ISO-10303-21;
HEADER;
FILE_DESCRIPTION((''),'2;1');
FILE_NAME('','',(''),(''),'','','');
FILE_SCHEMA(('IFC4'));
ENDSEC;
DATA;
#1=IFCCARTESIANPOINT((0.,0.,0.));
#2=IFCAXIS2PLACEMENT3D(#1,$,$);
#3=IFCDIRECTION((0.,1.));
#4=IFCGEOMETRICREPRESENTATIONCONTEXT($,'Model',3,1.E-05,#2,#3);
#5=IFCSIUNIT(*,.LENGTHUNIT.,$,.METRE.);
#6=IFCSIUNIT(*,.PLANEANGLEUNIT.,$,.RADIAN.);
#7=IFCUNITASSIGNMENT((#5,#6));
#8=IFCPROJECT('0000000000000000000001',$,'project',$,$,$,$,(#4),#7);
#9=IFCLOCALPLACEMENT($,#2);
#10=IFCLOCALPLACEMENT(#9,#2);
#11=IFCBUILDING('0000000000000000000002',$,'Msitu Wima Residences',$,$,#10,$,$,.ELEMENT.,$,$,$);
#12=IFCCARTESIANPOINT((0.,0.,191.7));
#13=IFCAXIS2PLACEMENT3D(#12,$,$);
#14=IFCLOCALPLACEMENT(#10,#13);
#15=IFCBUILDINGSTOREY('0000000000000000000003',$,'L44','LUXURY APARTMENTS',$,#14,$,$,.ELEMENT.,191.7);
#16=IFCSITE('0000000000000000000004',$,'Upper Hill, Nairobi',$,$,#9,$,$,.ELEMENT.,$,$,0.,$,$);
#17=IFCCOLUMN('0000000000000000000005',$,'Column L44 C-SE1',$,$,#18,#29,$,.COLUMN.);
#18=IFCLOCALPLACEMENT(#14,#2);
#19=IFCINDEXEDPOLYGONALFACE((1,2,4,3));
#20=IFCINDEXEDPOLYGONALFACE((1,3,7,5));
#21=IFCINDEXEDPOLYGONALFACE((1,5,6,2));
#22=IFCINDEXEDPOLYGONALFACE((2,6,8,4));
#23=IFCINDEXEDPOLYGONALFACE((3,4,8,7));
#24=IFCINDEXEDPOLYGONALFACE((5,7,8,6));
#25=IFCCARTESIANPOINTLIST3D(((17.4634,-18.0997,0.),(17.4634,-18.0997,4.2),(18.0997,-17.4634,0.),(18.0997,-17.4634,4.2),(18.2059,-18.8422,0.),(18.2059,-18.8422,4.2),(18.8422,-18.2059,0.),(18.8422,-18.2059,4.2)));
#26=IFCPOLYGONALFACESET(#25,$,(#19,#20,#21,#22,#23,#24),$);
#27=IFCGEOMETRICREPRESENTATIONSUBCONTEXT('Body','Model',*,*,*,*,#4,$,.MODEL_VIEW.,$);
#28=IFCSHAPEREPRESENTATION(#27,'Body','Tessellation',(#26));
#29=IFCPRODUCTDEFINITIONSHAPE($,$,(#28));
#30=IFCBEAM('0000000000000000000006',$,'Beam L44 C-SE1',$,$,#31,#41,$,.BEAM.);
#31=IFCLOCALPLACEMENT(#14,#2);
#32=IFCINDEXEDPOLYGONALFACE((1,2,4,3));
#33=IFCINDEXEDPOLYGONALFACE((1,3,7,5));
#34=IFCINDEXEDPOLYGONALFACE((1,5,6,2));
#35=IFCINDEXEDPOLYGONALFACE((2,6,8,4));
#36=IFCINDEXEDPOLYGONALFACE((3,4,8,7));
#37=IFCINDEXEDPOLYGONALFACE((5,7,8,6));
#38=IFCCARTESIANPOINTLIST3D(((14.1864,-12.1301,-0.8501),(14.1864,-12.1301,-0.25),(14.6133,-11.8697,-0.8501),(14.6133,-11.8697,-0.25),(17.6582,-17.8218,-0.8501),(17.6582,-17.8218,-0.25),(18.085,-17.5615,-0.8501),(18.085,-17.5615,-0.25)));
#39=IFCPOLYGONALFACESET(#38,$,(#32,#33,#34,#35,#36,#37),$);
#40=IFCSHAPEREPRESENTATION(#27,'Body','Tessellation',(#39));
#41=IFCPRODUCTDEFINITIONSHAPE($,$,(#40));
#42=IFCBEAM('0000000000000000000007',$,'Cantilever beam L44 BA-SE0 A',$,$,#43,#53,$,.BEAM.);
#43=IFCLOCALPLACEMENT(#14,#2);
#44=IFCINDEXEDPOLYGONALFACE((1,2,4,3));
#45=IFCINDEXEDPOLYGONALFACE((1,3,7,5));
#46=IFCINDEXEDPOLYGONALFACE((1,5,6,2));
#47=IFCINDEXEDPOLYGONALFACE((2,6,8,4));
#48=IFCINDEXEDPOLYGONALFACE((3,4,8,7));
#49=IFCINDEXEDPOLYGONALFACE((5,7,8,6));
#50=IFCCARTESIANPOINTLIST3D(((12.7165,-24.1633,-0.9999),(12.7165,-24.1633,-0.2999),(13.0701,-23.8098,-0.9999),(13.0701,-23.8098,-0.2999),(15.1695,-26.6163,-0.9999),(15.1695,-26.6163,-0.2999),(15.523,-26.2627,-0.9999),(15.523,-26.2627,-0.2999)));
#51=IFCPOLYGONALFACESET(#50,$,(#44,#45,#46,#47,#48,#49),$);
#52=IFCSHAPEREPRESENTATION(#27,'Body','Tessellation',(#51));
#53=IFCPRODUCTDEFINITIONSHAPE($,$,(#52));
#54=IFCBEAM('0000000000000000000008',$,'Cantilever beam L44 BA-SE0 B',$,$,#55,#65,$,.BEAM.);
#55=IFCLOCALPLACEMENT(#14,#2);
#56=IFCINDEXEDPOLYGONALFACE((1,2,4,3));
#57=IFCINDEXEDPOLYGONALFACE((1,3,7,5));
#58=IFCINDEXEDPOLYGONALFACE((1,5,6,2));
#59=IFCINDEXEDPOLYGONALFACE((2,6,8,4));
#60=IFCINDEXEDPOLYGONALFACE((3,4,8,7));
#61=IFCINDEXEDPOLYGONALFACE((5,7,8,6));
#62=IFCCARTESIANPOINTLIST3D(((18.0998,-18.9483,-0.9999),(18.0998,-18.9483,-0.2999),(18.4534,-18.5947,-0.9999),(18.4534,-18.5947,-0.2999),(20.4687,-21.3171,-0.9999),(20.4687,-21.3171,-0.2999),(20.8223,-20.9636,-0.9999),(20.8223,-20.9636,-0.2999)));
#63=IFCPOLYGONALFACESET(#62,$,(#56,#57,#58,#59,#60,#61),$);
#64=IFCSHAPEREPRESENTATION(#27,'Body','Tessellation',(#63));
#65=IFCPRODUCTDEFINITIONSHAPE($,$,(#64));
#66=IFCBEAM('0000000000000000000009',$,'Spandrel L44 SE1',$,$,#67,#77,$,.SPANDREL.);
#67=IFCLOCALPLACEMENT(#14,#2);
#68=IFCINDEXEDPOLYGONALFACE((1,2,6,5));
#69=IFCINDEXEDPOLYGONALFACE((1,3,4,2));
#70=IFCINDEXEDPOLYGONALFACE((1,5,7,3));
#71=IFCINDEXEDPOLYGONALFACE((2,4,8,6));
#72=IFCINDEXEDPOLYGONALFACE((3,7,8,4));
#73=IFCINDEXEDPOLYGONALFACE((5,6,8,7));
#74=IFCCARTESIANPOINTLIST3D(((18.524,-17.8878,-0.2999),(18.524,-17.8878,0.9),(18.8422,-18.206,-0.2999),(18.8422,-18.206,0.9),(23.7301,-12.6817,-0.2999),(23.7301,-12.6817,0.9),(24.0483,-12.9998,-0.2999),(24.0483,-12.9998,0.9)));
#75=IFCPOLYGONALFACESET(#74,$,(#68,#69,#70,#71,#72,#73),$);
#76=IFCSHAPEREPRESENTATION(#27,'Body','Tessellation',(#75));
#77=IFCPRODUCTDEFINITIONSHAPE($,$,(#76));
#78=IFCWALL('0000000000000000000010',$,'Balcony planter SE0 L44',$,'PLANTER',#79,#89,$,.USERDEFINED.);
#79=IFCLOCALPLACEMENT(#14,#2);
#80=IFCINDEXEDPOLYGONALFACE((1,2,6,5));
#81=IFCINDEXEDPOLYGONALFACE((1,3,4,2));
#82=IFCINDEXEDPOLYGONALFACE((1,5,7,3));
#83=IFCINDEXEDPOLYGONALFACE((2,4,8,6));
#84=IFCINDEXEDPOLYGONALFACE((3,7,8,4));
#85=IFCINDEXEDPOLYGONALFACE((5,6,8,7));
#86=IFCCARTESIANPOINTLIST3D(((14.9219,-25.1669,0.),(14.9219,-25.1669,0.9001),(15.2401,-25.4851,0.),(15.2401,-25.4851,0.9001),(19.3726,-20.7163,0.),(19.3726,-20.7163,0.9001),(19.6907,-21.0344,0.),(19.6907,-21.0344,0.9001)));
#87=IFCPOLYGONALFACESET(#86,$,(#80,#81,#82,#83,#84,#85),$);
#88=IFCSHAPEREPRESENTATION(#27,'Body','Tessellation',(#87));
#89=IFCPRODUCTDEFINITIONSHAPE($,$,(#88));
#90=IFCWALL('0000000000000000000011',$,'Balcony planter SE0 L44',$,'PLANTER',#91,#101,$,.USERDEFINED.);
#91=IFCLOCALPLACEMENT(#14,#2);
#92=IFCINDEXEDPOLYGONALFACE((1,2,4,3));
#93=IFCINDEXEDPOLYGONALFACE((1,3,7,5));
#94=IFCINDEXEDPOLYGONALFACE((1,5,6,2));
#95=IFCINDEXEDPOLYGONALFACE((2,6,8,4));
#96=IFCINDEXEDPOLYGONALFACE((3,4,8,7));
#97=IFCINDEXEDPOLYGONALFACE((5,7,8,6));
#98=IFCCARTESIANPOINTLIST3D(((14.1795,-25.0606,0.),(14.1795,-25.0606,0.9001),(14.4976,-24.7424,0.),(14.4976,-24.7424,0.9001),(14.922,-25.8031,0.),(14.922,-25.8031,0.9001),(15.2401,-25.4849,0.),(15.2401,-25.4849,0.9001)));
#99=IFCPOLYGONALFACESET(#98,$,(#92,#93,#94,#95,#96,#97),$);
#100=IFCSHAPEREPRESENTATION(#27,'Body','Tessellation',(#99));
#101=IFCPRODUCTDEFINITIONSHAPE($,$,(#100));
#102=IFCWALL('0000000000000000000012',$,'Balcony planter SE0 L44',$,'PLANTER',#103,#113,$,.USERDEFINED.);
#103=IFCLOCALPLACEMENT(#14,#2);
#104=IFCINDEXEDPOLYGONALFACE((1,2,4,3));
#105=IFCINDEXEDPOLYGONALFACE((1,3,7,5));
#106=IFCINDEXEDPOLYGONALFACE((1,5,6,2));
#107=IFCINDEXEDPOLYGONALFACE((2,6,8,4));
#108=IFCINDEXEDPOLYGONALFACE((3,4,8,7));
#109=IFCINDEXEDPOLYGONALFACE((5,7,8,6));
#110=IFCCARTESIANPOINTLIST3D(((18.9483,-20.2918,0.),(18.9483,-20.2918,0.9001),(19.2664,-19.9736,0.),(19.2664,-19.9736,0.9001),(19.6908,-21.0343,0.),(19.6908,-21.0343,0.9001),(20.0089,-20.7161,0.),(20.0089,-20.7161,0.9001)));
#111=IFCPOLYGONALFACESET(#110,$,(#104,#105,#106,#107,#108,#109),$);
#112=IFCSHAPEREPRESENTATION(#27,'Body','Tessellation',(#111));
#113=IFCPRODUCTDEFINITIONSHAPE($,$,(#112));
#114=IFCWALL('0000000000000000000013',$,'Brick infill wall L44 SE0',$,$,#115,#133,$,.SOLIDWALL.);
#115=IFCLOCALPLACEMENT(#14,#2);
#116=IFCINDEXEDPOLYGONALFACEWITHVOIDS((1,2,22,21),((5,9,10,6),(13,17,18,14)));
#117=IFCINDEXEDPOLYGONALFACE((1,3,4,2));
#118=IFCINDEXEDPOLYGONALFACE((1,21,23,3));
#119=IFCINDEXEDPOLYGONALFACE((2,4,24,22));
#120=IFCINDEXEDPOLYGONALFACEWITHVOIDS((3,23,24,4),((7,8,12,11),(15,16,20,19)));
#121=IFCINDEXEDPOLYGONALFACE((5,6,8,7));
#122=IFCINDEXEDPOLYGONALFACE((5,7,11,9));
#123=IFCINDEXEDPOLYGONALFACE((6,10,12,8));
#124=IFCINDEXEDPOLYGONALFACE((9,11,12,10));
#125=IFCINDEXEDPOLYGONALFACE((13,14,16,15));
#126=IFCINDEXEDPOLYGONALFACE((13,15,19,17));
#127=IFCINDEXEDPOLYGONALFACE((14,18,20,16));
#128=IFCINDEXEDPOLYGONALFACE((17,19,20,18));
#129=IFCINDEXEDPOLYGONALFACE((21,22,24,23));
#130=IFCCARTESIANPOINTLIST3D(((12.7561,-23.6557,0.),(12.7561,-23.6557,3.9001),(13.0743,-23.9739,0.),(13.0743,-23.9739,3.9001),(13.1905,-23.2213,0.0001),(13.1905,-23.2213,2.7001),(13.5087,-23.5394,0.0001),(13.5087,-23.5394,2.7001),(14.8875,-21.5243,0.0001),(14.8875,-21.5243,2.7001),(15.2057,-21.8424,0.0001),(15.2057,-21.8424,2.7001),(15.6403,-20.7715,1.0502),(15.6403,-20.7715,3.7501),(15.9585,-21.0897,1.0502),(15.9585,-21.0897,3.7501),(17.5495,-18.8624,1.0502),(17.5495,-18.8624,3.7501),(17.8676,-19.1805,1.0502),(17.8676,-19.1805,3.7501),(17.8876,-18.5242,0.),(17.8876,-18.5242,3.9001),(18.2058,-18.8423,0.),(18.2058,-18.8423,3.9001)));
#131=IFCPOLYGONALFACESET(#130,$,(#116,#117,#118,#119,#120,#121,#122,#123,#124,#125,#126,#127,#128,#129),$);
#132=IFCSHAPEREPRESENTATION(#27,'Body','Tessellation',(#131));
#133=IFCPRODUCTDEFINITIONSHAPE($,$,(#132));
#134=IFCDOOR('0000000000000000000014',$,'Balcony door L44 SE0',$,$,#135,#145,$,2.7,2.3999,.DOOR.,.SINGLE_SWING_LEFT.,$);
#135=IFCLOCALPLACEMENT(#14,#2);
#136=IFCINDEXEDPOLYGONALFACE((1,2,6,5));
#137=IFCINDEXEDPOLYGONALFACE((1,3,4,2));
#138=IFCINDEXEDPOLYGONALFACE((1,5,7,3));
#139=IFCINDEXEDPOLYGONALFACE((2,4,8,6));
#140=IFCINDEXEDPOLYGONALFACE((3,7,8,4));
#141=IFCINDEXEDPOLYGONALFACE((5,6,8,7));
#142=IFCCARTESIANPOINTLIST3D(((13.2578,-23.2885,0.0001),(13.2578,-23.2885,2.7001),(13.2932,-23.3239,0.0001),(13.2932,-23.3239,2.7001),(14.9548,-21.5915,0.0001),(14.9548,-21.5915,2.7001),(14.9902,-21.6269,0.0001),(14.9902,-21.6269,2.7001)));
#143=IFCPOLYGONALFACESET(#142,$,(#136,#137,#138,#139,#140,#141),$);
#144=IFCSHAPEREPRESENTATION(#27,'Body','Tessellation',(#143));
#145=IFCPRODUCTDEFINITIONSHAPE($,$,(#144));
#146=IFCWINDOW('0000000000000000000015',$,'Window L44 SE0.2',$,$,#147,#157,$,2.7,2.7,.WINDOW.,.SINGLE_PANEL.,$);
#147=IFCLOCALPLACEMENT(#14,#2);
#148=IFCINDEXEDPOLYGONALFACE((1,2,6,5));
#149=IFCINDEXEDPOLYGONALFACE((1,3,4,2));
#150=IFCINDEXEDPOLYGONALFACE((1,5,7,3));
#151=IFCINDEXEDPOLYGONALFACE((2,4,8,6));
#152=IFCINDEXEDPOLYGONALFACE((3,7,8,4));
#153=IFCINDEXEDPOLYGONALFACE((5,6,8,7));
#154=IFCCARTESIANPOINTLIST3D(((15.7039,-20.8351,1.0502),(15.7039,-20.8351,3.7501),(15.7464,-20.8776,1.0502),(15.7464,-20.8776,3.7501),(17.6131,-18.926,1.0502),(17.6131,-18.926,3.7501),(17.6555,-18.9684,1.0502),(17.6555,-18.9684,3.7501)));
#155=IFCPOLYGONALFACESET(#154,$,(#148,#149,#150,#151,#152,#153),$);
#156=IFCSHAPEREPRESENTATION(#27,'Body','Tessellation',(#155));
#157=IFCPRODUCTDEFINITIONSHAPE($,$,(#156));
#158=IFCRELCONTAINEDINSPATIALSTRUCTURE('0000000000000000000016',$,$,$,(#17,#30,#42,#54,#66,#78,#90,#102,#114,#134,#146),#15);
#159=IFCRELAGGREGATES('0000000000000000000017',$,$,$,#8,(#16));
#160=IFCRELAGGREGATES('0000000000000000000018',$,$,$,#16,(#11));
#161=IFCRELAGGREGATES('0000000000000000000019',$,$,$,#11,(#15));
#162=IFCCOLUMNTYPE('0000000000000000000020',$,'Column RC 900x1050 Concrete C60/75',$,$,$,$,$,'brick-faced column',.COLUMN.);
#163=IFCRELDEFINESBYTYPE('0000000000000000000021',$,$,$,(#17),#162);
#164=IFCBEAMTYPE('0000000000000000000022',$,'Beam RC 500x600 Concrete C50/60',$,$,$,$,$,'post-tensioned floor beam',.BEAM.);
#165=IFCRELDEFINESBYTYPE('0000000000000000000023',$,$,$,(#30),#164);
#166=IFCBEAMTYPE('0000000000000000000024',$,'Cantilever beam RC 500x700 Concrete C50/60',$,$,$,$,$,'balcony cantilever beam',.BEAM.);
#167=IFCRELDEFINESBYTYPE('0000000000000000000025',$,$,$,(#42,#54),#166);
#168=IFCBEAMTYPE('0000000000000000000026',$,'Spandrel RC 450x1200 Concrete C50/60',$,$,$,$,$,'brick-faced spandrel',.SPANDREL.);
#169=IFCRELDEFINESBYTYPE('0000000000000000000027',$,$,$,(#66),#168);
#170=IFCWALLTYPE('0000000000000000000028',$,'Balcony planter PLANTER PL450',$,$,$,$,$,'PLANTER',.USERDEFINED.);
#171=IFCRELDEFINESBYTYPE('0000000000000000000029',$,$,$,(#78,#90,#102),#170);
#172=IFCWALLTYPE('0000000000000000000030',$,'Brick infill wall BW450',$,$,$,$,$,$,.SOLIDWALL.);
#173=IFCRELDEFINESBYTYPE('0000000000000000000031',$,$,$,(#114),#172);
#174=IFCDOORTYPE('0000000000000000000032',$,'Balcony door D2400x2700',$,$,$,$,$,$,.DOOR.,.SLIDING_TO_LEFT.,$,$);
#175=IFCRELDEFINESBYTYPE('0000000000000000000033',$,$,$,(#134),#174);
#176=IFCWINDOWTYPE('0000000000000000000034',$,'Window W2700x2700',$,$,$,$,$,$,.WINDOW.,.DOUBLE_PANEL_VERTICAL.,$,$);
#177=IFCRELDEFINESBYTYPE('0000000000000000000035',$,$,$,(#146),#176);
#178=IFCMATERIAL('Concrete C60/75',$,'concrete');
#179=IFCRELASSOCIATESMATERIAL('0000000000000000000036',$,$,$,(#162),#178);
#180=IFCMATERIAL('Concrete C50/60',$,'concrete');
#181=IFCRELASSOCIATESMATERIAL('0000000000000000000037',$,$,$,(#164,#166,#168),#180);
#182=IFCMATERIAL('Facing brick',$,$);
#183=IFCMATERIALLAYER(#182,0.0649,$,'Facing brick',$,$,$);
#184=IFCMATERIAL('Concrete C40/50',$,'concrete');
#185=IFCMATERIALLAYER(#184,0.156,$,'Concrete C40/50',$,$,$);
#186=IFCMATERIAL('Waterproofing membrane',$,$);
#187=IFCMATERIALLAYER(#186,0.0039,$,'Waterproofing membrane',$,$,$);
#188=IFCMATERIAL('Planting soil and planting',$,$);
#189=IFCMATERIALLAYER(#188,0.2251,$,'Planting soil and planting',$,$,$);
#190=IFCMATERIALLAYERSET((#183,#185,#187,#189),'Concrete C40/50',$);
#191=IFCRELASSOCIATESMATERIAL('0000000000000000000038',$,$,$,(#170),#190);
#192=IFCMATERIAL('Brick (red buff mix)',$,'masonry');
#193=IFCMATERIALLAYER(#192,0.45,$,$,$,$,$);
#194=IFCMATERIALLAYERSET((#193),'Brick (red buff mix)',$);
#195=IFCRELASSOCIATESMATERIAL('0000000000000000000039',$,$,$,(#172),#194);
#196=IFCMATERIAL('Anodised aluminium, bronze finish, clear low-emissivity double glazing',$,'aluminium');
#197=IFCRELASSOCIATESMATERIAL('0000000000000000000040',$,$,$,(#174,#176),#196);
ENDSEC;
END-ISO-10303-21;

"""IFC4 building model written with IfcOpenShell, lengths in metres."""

from ifc_helpers import new_model, si_unit, direction, frame, frame_2d, origin, origin_2d, place, context, subcontext, project, spatial, rectangle, extrude, material, layer, layer_set, material_profile, profile_set, type_object, element, fill, save


model = new_model("IFC4")

# Units and contexts
model_context = context("Model", 3, precision=1e-05, world=origin(), true_north=direction((0.0, 1.0)))
body_context = subcontext(model_context, "Body", "Model", "MODEL_VIEW")
ifc_project = project(units=[si_unit("LENGTHUNIT", "METRE"), si_unit("PLANEANGLEUNIT", "RADIAN")], contexts=[model_context])

# Site, building, storey
site_placement = place(None, origin())
site = spatial("IfcSite", under=ifc_project, at=site_placement, Name="Upper Hill, Nairobi", CompositionType="ELEMENT", RefElevation=0.0)
building_placement = place(site_placement, origin())
building = spatial("IfcBuilding", under=site, at=building_placement, Name="Msitu Wima Residences", CompositionType="ELEMENT")
storey_placement = place(building_placement, frame((0.0, 0.0, 191.7)))
storey = spatial("IfcBuildingStorey", under=building, at=storey_placement, Name="L44", Description="LUXURY APARTMENTS", CompositionType="ELEMENT", Elevation=191.7)

# Column
ifc_material_1 = material(Name="Concrete C60/75", Category="concrete")
ifc_material_profile_1 = material_profile(ifc_material_1, rectangle(XDim=0.8999, YDim=1.05, at=origin_2d()), Name="RC 900x1050")
ifc_profile_set_1 = profile_set([ifc_material_profile_1], Name="Concrete C60/75")
column_type = type_object("IfcColumnType", Name="Column RC 900x1050 Concrete C60/75", ElementType="brick-faced column", PredefinedType="COLUMN", material=ifc_profile_set_1)
column_placement = place(storey_placement, frame((18.1528, -18.1528, 0.0), z_axis=(0.0, 0.0, 1.0), x_axis=(0.707107, 0.707107, 0.0)))
element("IfcColumn", 1, at=column_placement, inside=storey, type_object=column_type, Name="Column L44 C-SE1", PredefinedType="COLUMN", context=body_context, shape_type="SweptSolid", body=[
    extrude(rectangle(XDim=0.8999, YDim=1.05, at=origin_2d()), origin(), (0.0, 0.0, 1.0), 4.2),
])

# Beams
ifc_material_2 = material(Name="Concrete C50/60", Category="concrete")
ifc_material_profile_2 = material_profile(ifc_material_2, rectangle(XDim=0.5, YDim=0.6001, at=origin_2d()), Name="RC 500x600")
ifc_profile_set_2 = profile_set([ifc_material_profile_2], Name="Concrete C50/60")
beam_type_1 = type_object("IfcBeamType", Name="Beam RC 500x600 Concrete C50/60", ElementType="post-tensioned floor beam", PredefinedType="BEAM", material=ifc_profile_set_2)
beam_1_placement = place(storey_placement, frame((17.8716, -17.6917, -0.55), z_axis=(-0.520734, 0.853719, 0.0), x_axis=(-0.853719, -0.520734, 0.0)))
element("IfcBeam", 2, at=beam_1_placement, inside=storey, type_object=beam_type_1, Name="Beam L44 C-SE1", PredefinedType="BEAM", context=body_context, shape_type="SweptSolid", body=[
    extrude(rectangle(XDim=0.5, YDim=0.6001, at=origin_2d()), origin(), (0.0, 0.0, 1.0), 6.667),
])
ifc_material_profile_3 = material_profile(ifc_material_2, rectangle(XDim=0.5, YDim=0.7, at=origin_2d()), Name="RC 500x700")
ifc_profile_set_3 = profile_set([ifc_material_profile_3], Name="Concrete C50/60")
beam_type_2 = type_object("IfcBeamType", Name="Cantilever beam RC 500x700 Concrete C50/60", ElementType="balcony cantilever beam", PredefinedType="BEAM", material=ifc_profile_set_3)
beam_2_placement = place(storey_placement, frame((12.8933, -23.9866, -0.6499), z_axis=(0.707107, -0.707107, 0.0), x_axis=(0.707107, 0.707107, 0.0)))
element("IfcBeam", 3, at=beam_2_placement, inside=storey, type_object=beam_type_2, Name="Cantilever beam L44 BA-SE0 A", PredefinedType="BEAM", context=body_context, shape_type="SweptSolid", body=[
    extrude(rectangle(XDim=0.5, YDim=0.7, at=origin_2d()), origin(), (0.0, 0.0, 1.0), 3.469),
])
beam_3_placement = place(storey_placement, frame((18.2766, -18.7715, -0.6499), z_axis=(0.707107, -0.707107, 0.0), x_axis=(0.707107, 0.707107, 0.0)))
element("IfcBeam", 4, at=beam_3_placement, inside=storey, type_object=beam_type_2, Name="Cantilever beam L44 BA-SE0 B", PredefinedType="BEAM", context=body_context, shape_type="SweptSolid", body=[
    extrude(rectangle(XDim=0.5, YDim=0.7, at=origin_2d()), origin(), (0.0, 0.0, 1.0), 3.3501),
])
ifc_material_profile_4 = material_profile(ifc_material_2, rectangle(XDim=0.45, YDim=1.2, at=origin_2d()), Name="RC 450x1200")
ifc_profile_set_4 = profile_set([ifc_material_profile_4], Name="Concrete C50/60")
beam_type_3 = type_object("IfcBeamType", Name="Spandrel RC 450x1200 Concrete C50/60", ElementType="brick-faced spandrel", PredefinedType="SPANDREL", material=ifc_profile_set_4)
beam_4_placement = place(storey_placement, frame((18.6831, -18.0469, 0.3), z_axis=(0.707107, 0.707107, 0.0), x_axis=(-0.707107, 0.707107, 0.0)))
element("IfcBeam", 5, at=beam_4_placement, inside=storey, type_object=beam_type_3, Name="Spandrel L44 SE1", PredefinedType="SPANDREL", context=body_context, shape_type="SweptSolid", body=[
    extrude(rectangle(XDim=0.45, YDim=1.2, at=origin_2d()), origin(), (0.0, 0.0, 1.0), 7.3625),
])

# Walls
ifc_material_3 = material(Name="Facing brick")
ifc_layer_1 = layer(ifc_material_3, 0.0649, Name="Facing brick")
ifc_material_4 = material(Name="Concrete C40/50", Category="concrete")
ifc_layer_2 = layer(ifc_material_4, 0.156, Name="Concrete C40/50")
ifc_material_5 = material(Name="Waterproofing membrane")
ifc_layer_3 = layer(ifc_material_5, 0.0039, Name="Waterproofing membrane")
ifc_material_6 = material(Name="Planting soil and planting")
ifc_layer_4 = layer(ifc_material_6, 0.2251, Name="Planting soil and planting")
ifc_layer_set_1 = layer_set([ifc_layer_1, ifc_layer_2, ifc_layer_3, ifc_layer_4], Name="Concrete C40/50")
wall_type_1 = type_object("IfcWallType", Name="Balcony planter PLANTER PL450", ElementType="PLANTER", PredefinedType="USERDEFINED", material=ifc_layer_set_1)
wall_1_placement = place(storey_placement, frame((15.0811, -25.3259, 0.0), z_axis=(0.0, 0.0, 1.0), x_axis=(0.707107, 0.707107, 0.0)))
element("IfcWall", 6, at=wall_1_placement, inside=storey, type_object=wall_type_1, Name="Balcony planter SE0 L44", ObjectType="PLANTER", PredefinedType="USERDEFINED", context=body_context, shape_type="SweptSolid", body=[
    extrude(rectangle(XDim=6.2942, YDim=0.45, at=frame_2d((3.147, 0.0))), origin(), (0.0, 0.0, 1.0), 0.9001),
])
for number, where, z_axis, x_axis, name in (
    (7, (14.3386, -24.9016, 0.0), (0.0, 0.0, 1.0), (0.707107, -0.707107, 0.0), "Balcony planter SE0 L44"),
    (8, (19.1074, -20.1328, 0.0), (0.0, 0.0, 1.0), (0.707107, -0.707107, 0.0), "Balcony planter SE0 L44"),
):
    element("IfcWall", number, at=place(storey_placement, frame(where, z_axis=z_axis, x_axis=x_axis)), inside=storey, type_object=wall_type_1, Name=name, ObjectType="PLANTER", PredefinedType="USERDEFINED", context=body_context, shape_type="SweptSolid", body=[
        extrude(rectangle(XDim=1.05, YDim=0.45, at=frame_2d((0.5249, 0.0))), origin(), (0.0, 0.0, 1.0), 0.9001),
    ])

# Wall, openings, door, window
ifc_material_7 = material(Name="Brick (red buff mix)", Category="masonry")
ifc_layer_5 = layer(ifc_material_7, 0.45)
ifc_layer_set_2 = layer_set([ifc_layer_5], Name="Brick (red buff mix)")
wall_type_2 = type_object("IfcWallType", Name="Brick infill wall BW450", PredefinedType="SOLIDWALL", material=ifc_layer_set_2)
wall_2_placement = place(storey_placement, frame((12.9153, -23.8147, 0.0), z_axis=(0.0, 0.0, 1.0), x_axis=(0.707107, 0.707107, 0.0)))
wall_2 = element("IfcWall", 9, at=wall_2_placement, inside=storey, type_object=wall_type_2, Name="Brick infill wall L44 SE0", PredefinedType="SOLIDWALL", context=body_context, shape_type="SweptSolid", body=[
    extrude(rectangle(XDim=7.2571, YDim=0.45, at=frame_2d((3.6284, 0.0))), origin(), (0.0, 0.0, 1.0), 3.9001),
])
opening_1_placement = place(wall_2_placement, frame((0.6143, 0.0, 0.0)))
opening_1 = element("IfcOpeningElement", 10, at=opening_1_placement, cuts=wall_2, PredefinedType="OPENING", context=body_context, shape_type="SweptSolid", body=[
    extrude(rectangle(XDim=2.3999, YDim=2.7, at=frame_2d((1.2, 1.3501))), frame((0.0, 0.2349, 0.0), z_axis=(0.0, -1.0, 0.0), x_axis=(1.0, 0.0, 0.0)), (0.0, 0.0, 1.0), 0.47),
])
opening_2_placement = place(wall_2_placement, frame((4.0786, 0.0, 1.05)))
opening_2 = element("IfcOpeningElement", 11, at=opening_2_placement, cuts=wall_2, PredefinedType="OPENING", context=body_context, shape_type="SweptSolid", body=[
    extrude(rectangle(XDim=2.7, YDim=2.7, at=frame_2d((1.3501, 1.3501))), frame((0.0, 0.2349, 0.0), z_axis=(0.0, -1.0, 0.0), x_axis=(1.0, 0.0, 0.0)), (0.0, 0.0, 1.0), 0.47),
])
ifc_material_8 = material(Name="Anodised aluminium, bronze finish, clear low-emissivity double glazing", Category="aluminium")
door_type_1 = type_object("IfcDoorType", Name="Balcony door D2400x2700", OperationType="SLIDING_TO_LEFT", PredefinedType="DOOR", material=ifc_material_8)
door_1_placement = place(opening_1_placement, origin())
door_1 = element("IfcDoor", 12, at=door_1_placement, inside=storey, type_object=door_type_1, Name="Balcony door L44 SE0", OperationType="SINGLE_SWING_LEFT", OverallHeight=2.7, OverallWidth=2.3999, PredefinedType="DOOR", context=body_context, shape_type="SweptSolid", body=[
    extrude(rectangle(XDim=2.3999, YDim=2.7, at=frame_2d((1.2, 1.3501))), frame((0.0, 0.1299, 0.0), z_axis=(0.0, -1.0, 0.0), x_axis=(1.0, 0.0, 0.0)), (0.0, 0.0, 1.0), 0.05),
])
fill(opening_1, door_1)
window_type = type_object("IfcWindowType", Name="Window W2700x2700", PartitioningType="DOUBLE_PANEL_VERTICAL", PredefinedType="WINDOW", material=ifc_material_8)
window_1_placement = place(opening_2_placement, origin())
window_1 = element("IfcWindow", 13, at=window_1_placement, inside=storey, type_object=window_type, Name="Window L44 SE0.2", OverallHeight=2.7, OverallWidth=2.7, PartitioningType="SINGLE_PANEL", PredefinedType="WINDOW", context=body_context, shape_type="SweptSolid", body=[
    extrude(rectangle(XDim=2.7, YDim=2.7, at=frame_2d((1.3501, 1.3501))), frame((0.0, 0.135, 0.0), z_axis=(0.0, -1.0, 0.0), x_axis=(1.0, 0.0, 0.0)), (0.0, 0.0, 1.0), 0.0601),
])
fill(opening_2, window_1)

save(model, "model.ifc")
